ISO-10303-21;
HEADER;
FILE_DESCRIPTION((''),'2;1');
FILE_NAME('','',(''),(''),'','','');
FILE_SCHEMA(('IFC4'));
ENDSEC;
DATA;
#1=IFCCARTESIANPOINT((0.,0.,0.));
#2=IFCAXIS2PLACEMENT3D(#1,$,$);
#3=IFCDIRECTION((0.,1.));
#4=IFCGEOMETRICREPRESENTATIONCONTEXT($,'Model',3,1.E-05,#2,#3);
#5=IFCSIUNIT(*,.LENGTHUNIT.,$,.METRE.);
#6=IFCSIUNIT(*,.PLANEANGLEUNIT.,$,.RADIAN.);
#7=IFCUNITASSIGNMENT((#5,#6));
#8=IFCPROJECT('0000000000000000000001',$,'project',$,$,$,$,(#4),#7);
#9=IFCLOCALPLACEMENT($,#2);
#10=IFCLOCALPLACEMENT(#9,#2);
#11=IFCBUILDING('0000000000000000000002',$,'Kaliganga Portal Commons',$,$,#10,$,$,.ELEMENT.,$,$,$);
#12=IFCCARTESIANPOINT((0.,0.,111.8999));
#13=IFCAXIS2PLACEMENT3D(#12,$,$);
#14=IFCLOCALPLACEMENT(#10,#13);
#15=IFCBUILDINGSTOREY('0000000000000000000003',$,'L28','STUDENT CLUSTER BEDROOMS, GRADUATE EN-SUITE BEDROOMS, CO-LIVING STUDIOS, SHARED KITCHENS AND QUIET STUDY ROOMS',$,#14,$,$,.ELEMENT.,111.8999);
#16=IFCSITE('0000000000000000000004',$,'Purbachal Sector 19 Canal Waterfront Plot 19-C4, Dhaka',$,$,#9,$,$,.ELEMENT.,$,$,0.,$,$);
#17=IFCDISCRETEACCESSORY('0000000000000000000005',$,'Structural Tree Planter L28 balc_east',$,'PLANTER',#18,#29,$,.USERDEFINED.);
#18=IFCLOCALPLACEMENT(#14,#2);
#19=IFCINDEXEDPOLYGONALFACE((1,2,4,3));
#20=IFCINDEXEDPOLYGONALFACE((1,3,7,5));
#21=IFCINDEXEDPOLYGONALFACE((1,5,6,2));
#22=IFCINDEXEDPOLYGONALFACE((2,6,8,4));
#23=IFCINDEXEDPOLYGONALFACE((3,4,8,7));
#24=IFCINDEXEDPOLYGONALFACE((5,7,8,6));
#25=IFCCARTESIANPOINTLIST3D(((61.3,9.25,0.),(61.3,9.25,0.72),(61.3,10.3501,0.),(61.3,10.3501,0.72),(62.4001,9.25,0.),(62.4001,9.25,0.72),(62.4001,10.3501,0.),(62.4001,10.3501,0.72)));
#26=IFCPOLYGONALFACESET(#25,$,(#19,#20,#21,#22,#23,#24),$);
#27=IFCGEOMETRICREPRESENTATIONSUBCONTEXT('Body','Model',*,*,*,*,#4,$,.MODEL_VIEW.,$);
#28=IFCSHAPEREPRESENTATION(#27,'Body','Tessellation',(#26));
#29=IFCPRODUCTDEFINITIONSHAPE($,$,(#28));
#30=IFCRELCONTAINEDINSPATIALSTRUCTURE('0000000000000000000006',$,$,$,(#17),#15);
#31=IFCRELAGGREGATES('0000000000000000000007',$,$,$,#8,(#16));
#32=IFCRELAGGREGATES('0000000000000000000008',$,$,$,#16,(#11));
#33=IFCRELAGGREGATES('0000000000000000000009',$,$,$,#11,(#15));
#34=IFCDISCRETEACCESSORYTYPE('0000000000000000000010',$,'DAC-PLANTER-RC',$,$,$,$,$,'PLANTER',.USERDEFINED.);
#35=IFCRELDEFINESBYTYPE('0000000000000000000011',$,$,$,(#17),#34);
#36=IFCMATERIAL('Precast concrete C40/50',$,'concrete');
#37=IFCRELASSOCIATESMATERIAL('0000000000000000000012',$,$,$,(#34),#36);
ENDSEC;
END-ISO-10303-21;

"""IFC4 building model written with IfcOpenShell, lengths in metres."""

from ifc_helpers import new_model, si_unit, direction, frame, origin, origin_2d, place, context, subcontext, project, spatial, rectangle, extrude, source, transform, mapped, material, type_object, element, save


model = new_model("IFC4")

# Units and contexts
model_context = context("Model", 3, precision=1e-05, world=origin(), true_north=direction((0.0, 1.0)))
body_context = subcontext(model_context, "Body", "Model", "MODEL_VIEW")
ifc_project = project(units=[si_unit("LENGTHUNIT", "METRE"), si_unit("PLANEANGLEUNIT", "RADIAN")], contexts=[model_context])

# Site, building, storey
site_placement = place(None, origin())
site = spatial("IfcSite", under=ifc_project, at=site_placement, Name="Purbachal Sector 19 Canal Waterfront Plot 19-C4, Dhaka", CompositionType="ELEMENT", RefElevation=0.0)
building_placement = place(site_placement, origin())
building = spatial("IfcBuilding", under=site, at=building_placement, Name="Kaliganga Portal Commons", CompositionType="ELEMENT")
storey_placement = place(building_placement, frame((0.0, 0.0, 111.8999)))
storey = spatial("IfcBuildingStorey", under=building, at=storey_placement, Name="L28", Description="STUDENT CLUSTER BEDROOMS, GRADUATE EN-SUITE BEDROOMS, CO-LIVING STUDIOS, SHARED KITCHENS AND QUIET STUDY ROOMS", CompositionType="ELEMENT", Elevation=111.8999)

# Discrete accessory
ifc_material_1 = material(Name="Precast concrete C40/50", Category="concrete")
discrete_accessory_type = type_object("IfcDiscreteAccessoryType", Name="DAC-PLANTER-RC", ElementType="PLANTER", PredefinedType="USERDEFINED", material=ifc_material_1)
shared_shape_1 = source(origin(), body_context, "Body", "SweptSolid", [
    extrude(rectangle(XDim=1.1001, YDim=1.1001, at=origin_2d()), origin(), (0.0, 0.0, 1.0), 0.72),
])
discrete_accessory_placement = place(storey_placement, frame((61.8501, 9.8, 0.0), z_axis=(0.0, 0.0, 1.0), x_axis=(1.0, 0.0, 0.0)))
element("IfcDiscreteAccessory", 1, at=discrete_accessory_placement, inside=storey, type_object=discrete_accessory_type, Name="Structural Tree Planter L28 balc_east", ObjectType="PLANTER", PredefinedType="USERDEFINED", context=body_context, shape_type="MappedRepresentation", body=[
    mapped(shared_shape_1, transform((0.0, 0.0, 0.0), x_axis=(1.0, 0.0, 0.0), y_axis=(0.0, 1.0, 0.0), z_axis=(0.0, 0.0, 1.0), scale=1.0)),
])

save(model, "model.ifc")
